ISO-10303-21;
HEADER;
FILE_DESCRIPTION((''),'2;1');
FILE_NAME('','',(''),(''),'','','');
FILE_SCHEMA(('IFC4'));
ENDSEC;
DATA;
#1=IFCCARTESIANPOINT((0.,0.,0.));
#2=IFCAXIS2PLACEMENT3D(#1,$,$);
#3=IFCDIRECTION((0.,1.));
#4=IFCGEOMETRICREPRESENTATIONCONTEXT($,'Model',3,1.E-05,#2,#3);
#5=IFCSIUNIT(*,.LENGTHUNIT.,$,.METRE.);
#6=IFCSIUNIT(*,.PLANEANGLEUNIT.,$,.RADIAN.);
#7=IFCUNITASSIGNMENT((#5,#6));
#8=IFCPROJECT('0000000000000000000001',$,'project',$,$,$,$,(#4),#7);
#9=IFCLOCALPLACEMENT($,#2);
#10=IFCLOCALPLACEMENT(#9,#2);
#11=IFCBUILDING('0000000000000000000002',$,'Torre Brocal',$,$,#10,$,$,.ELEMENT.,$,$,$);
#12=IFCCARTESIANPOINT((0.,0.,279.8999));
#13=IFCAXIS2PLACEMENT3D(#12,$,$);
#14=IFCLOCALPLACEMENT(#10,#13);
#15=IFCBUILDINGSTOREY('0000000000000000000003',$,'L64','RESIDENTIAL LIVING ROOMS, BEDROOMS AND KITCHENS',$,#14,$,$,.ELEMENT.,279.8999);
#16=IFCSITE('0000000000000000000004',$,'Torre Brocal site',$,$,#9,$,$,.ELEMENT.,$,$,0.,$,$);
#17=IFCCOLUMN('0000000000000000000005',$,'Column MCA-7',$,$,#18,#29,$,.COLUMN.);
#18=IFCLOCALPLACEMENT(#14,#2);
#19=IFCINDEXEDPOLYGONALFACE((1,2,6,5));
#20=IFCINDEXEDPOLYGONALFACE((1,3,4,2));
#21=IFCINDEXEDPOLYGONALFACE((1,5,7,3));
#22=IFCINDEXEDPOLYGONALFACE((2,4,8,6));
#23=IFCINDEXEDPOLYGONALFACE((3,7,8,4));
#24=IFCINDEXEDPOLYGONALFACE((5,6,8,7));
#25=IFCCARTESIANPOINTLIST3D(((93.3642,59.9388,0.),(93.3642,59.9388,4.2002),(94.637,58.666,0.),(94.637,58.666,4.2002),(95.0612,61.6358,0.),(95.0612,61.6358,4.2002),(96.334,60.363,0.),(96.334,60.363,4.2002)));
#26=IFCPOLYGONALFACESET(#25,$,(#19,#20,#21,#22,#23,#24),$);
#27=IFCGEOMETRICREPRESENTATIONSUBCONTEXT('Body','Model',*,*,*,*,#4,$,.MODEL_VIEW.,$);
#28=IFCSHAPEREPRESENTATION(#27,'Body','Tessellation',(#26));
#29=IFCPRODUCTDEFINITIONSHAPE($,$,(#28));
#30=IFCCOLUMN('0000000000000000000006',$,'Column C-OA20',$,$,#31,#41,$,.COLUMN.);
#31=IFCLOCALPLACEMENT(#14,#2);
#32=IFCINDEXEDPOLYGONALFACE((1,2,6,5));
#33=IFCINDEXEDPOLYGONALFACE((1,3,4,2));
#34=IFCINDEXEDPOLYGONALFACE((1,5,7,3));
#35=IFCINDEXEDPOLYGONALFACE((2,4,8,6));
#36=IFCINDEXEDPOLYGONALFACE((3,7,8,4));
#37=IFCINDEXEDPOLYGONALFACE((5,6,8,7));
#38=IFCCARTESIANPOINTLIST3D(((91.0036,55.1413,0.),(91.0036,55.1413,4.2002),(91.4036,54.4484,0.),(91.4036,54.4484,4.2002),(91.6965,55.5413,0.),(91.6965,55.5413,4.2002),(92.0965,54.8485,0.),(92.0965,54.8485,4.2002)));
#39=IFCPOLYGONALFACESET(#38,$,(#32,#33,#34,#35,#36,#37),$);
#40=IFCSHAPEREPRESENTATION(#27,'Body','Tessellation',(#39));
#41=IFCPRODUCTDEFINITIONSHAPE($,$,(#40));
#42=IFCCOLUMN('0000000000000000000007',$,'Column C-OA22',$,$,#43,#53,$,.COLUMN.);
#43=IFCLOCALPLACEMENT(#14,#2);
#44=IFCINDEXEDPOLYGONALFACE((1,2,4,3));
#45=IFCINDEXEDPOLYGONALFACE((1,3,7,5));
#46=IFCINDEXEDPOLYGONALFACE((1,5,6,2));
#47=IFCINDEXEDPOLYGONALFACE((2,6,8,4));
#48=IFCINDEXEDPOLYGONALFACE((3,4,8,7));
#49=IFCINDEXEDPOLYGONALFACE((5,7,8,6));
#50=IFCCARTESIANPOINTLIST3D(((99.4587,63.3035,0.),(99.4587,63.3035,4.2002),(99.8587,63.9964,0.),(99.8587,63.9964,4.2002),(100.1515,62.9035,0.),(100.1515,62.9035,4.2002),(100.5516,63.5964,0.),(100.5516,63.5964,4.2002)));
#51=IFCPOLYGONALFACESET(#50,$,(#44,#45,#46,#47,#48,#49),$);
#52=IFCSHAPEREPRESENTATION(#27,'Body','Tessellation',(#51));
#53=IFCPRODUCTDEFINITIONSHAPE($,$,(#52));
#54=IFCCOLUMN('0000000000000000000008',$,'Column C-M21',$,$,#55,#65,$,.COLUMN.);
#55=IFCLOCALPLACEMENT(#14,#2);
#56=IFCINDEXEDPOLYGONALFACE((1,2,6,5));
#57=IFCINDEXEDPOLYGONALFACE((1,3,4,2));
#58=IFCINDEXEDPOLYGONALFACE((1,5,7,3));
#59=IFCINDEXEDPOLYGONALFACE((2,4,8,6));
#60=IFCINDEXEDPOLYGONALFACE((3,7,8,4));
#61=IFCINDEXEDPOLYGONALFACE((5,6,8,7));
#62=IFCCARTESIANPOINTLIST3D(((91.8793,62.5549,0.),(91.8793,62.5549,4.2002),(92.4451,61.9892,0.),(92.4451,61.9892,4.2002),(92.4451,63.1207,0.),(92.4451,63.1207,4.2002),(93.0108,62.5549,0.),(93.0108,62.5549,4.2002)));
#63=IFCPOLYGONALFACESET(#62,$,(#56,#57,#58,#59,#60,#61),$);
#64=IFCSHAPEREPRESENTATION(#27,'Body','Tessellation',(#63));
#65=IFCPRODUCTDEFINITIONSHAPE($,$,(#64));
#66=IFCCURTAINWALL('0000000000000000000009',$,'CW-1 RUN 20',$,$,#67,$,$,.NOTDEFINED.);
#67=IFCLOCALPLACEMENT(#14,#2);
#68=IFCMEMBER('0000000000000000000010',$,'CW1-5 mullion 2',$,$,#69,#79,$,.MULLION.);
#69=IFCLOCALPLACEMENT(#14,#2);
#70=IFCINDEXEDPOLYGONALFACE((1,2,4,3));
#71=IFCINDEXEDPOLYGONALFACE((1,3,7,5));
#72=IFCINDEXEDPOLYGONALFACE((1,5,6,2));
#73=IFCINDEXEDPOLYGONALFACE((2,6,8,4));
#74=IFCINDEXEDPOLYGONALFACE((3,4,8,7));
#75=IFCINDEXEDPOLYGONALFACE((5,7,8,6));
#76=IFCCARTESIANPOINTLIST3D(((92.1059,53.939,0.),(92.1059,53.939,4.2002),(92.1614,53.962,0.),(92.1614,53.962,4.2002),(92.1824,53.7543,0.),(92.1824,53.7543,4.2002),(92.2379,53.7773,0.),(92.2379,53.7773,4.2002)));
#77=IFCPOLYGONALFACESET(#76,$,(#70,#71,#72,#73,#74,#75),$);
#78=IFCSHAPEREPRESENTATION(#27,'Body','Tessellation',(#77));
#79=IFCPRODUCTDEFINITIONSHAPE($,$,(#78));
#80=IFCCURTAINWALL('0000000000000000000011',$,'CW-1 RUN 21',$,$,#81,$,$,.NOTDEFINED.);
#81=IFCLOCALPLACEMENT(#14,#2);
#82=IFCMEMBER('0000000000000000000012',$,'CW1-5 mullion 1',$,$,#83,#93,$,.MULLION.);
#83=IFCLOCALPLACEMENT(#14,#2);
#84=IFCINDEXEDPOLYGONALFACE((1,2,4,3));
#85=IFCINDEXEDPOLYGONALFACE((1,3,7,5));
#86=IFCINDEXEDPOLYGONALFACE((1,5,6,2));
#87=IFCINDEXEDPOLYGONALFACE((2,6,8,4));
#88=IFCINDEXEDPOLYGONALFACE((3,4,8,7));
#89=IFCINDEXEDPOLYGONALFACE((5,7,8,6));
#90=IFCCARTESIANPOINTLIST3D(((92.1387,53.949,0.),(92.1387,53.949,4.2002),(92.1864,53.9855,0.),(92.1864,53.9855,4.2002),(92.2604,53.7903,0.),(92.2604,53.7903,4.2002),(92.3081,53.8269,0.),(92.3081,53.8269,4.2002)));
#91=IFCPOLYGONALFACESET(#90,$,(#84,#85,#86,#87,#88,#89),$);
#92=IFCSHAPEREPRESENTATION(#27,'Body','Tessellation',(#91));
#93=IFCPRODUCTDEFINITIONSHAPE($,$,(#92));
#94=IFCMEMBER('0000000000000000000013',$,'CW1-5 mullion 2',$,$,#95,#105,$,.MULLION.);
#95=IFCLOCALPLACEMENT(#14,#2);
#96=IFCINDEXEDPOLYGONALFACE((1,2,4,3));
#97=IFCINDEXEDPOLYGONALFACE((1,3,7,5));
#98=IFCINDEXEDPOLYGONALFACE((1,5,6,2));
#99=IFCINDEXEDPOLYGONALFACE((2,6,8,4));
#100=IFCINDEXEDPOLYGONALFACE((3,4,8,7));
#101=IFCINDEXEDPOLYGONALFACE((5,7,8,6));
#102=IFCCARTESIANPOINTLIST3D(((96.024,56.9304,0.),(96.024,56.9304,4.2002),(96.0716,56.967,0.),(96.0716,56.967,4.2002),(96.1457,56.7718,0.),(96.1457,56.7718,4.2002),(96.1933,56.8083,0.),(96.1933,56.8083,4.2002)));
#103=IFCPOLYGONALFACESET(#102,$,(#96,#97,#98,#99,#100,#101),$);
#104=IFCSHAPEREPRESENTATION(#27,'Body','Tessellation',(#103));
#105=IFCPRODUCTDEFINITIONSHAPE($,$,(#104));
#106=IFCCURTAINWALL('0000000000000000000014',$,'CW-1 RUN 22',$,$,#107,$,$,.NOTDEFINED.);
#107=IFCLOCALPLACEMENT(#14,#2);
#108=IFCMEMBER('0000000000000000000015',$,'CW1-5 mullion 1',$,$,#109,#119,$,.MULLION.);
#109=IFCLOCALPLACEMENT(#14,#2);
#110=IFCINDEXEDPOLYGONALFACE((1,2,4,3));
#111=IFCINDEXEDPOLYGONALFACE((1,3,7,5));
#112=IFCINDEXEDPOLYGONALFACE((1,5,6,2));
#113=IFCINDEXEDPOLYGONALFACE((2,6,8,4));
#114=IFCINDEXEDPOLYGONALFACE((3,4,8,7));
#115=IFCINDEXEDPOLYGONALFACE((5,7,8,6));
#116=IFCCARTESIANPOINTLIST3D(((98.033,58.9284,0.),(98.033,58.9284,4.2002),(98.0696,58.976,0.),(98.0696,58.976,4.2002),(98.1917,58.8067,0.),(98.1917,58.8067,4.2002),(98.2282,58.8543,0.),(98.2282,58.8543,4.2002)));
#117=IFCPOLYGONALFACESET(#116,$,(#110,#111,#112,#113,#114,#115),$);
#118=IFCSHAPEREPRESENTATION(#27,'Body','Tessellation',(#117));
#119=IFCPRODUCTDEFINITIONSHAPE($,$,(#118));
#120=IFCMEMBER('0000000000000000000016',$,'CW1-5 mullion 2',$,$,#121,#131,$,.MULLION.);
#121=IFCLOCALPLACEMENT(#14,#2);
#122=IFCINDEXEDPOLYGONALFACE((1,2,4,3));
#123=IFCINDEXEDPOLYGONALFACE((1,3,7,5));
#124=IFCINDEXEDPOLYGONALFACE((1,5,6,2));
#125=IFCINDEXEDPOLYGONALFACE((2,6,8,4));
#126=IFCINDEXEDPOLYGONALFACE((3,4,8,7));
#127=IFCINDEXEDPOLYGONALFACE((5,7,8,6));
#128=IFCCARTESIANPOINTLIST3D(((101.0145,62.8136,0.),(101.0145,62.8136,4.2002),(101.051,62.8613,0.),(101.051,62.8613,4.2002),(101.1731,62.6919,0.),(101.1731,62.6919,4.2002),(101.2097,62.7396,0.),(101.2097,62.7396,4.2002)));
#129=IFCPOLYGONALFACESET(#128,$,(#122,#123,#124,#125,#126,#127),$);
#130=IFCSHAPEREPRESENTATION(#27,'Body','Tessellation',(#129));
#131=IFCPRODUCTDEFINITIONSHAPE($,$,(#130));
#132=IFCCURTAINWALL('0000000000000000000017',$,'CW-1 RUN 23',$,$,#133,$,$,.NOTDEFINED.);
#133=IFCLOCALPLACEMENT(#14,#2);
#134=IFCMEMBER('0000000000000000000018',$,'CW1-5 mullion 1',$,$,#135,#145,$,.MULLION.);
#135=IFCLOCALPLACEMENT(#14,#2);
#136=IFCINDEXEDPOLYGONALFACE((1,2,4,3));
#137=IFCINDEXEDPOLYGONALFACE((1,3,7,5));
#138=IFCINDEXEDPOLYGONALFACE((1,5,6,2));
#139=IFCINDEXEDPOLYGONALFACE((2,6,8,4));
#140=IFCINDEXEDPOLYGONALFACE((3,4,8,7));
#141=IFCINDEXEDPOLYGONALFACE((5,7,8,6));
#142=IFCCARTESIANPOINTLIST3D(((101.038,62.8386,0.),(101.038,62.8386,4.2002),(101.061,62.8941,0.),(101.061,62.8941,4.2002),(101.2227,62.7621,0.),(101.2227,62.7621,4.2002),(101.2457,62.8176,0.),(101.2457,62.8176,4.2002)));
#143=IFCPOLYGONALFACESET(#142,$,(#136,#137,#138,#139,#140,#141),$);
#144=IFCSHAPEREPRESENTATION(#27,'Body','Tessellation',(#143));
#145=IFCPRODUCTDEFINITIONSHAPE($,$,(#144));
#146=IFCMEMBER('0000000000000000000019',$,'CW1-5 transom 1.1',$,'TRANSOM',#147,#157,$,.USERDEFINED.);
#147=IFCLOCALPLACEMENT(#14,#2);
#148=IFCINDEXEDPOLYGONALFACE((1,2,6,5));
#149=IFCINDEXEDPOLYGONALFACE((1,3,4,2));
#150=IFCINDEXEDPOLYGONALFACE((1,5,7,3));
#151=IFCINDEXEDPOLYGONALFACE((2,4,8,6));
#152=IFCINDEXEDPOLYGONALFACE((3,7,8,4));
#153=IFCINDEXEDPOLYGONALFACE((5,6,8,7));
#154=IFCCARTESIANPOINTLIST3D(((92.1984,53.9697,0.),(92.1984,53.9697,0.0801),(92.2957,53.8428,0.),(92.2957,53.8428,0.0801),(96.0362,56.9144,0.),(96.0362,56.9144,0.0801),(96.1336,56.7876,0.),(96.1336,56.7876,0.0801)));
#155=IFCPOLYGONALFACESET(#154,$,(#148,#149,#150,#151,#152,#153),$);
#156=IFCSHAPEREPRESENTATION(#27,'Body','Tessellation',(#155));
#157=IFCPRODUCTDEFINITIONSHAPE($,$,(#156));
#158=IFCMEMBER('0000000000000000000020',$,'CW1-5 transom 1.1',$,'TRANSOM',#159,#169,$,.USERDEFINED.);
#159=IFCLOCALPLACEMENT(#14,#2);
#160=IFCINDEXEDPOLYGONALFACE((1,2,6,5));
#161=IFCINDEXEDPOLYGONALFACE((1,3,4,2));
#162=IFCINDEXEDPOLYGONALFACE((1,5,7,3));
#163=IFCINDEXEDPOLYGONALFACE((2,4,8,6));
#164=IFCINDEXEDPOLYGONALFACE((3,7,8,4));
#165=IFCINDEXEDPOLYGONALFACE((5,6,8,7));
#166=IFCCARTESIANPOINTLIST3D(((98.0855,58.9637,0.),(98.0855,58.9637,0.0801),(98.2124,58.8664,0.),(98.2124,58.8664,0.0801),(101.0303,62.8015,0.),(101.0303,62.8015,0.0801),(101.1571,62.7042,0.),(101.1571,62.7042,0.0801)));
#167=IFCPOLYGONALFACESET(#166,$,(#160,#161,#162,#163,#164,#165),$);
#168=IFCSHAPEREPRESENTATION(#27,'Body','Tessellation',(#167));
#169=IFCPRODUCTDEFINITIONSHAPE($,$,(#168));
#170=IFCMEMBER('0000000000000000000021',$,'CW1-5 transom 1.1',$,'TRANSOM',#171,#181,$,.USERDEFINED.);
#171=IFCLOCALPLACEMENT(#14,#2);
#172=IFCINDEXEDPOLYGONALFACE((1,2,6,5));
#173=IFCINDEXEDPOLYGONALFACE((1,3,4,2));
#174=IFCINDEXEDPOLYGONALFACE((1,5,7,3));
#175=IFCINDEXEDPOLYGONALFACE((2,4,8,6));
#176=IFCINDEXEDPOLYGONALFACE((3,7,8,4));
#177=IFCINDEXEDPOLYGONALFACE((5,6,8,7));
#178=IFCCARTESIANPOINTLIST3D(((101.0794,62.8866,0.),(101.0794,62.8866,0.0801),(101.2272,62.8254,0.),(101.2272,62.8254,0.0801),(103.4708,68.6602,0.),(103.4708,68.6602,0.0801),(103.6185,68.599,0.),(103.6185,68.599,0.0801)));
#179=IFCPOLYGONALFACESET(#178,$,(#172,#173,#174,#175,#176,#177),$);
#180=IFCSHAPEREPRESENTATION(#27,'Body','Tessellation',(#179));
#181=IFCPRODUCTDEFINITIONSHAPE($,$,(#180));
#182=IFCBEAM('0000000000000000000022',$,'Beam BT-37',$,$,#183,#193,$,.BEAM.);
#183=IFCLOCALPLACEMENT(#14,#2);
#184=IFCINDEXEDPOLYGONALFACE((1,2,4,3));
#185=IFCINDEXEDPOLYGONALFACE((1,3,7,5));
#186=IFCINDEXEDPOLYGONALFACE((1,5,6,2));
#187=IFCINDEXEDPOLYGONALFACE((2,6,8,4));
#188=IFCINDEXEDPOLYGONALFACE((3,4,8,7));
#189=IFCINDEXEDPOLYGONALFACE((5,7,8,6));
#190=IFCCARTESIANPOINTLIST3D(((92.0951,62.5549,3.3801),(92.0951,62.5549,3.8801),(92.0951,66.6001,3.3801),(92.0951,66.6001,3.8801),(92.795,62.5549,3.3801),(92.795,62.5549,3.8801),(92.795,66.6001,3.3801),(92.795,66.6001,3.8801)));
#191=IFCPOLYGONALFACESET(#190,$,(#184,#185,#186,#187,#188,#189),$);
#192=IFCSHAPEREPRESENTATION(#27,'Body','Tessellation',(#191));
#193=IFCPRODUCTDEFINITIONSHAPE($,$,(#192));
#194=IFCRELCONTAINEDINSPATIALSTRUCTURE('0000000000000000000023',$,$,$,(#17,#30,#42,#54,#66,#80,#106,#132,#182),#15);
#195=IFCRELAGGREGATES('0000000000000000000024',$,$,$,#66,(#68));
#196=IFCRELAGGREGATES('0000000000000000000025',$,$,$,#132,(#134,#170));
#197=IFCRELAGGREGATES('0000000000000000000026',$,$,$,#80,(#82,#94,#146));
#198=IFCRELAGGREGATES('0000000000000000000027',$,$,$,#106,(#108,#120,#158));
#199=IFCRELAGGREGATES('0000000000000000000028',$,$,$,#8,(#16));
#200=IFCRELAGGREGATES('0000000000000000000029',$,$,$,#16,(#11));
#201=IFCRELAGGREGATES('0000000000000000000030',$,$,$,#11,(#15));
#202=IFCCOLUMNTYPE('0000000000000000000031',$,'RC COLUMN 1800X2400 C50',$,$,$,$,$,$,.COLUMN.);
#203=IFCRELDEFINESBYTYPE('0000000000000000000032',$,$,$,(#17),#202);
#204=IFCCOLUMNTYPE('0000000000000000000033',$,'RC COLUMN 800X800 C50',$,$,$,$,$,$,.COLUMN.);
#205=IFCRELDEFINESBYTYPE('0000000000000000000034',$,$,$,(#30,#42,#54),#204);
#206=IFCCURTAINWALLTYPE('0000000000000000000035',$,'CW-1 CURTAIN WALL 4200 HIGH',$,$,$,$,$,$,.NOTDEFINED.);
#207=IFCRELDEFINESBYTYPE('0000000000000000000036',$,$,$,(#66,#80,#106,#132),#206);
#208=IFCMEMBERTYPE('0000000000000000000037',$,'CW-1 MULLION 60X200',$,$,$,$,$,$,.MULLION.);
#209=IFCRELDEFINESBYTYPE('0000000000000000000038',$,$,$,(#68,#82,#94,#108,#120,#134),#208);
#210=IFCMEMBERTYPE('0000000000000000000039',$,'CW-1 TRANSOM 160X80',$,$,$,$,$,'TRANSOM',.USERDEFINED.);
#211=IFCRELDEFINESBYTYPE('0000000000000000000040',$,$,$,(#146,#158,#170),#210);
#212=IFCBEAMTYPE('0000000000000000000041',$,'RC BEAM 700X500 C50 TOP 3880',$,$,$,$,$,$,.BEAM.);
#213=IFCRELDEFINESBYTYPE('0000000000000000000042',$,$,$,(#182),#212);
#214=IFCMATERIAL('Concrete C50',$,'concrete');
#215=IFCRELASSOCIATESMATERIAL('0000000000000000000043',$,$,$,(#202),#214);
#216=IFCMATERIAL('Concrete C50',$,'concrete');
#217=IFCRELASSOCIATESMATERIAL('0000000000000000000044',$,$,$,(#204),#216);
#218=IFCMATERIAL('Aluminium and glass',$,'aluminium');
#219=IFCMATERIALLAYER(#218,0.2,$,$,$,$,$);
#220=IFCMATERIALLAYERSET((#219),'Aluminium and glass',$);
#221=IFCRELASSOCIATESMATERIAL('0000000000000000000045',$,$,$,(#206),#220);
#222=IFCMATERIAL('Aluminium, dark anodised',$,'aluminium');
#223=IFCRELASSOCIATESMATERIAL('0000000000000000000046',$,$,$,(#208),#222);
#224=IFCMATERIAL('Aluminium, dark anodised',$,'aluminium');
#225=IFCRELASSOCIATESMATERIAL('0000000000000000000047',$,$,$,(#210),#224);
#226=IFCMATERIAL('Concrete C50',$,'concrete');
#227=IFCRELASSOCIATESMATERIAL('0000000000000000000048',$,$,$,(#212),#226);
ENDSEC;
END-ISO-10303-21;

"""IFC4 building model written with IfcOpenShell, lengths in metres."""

from ifc_helpers import new_model, si_unit, direction, frame, origin, origin_2d, place, context, subcontext, project, spatial, rectangle, extrude, material, layer, layer_set, material_profile, profile_set, type_object, element, aggregate, save


model = new_model("IFC4")

# Units and contexts
model_context = context("Model", 3, precision=1e-05, world=origin(), true_north=direction((0.0, 1.0)))
body_context = subcontext(model_context, "Body", "Model", "MODEL_VIEW")
ifc_project = project(units=[si_unit("LENGTHUNIT", "METRE"), si_unit("PLANEANGLEUNIT", "RADIAN")], contexts=[model_context])

# Site, building, storey
site_placement = place(None, origin())
site = spatial("IfcSite", under=ifc_project, at=site_placement, Name="Torre Brocal site", CompositionType="ELEMENT", RefElevation=0.0)
building_placement = place(site_placement, origin())
building = spatial("IfcBuilding", under=site, at=building_placement, Name="Torre Brocal", CompositionType="ELEMENT")
storey_placement = place(building_placement, frame((0.0, 0.0, 279.8999)))
storey = spatial("IfcBuildingStorey", under=building, at=storey_placement, Name="L64", Description="RESIDENTIAL LIVING ROOMS, BEDROOMS AND KITCHENS", CompositionType="ELEMENT", Elevation=279.8999)

# Columns
ifc_material_1 = material(Name="Concrete C50", Category="concrete")
ifc_material_profile_1 = material_profile(ifc_material_1, rectangle(XDim=1.8, YDim=2.3999, at=origin_2d()), Name="RC 1800X2400")
ifc_profile_set_1 = profile_set([ifc_material_profile_1], Name="Concrete C50")
column_type_1 = type_object("IfcColumnType", Name="RC COLUMN 1800X2400 C50", PredefinedType="COLUMN", material=ifc_profile_set_1)
column_placement = place(storey_placement, frame((94.8491, 60.1509, 0.0), z_axis=(0.0, 0.0, 1.0), x_axis=(0.707107, -0.707107, 0.0)))
element("IfcColumn", 1, at=column_placement, inside=storey, type_object=column_type_1, Name="Column MCA-7", PredefinedType="COLUMN", context=body_context, shape_type="SweptSolid", body=[
    extrude(rectangle(XDim=1.8, YDim=2.3999, at=origin_2d()), origin(), (0.0, 0.0, 1.0), 4.2002),
])
ifc_material_2 = material(Name="Concrete C50", Category="concrete")
ifc_material_profile_2 = material_profile(ifc_material_2, rectangle(XDim=0.8, YDim=0.8, at=origin_2d()), Name="RC 800X800")
ifc_profile_set_2 = profile_set([ifc_material_profile_2], Name="Concrete C50")
column_type_2 = type_object("IfcColumnType", Name="RC COLUMN 800X800 C50", PredefinedType="COLUMN", material=ifc_profile_set_2)
for number, where, z_axis, x_axis, name in (
    (2, (91.55, 54.9949, 0.0), (0.0, 0.0, 1.0), (0.5, -0.866025, 0.0), "Column C-OA20"),
    (3, (100.0051, 63.45, 0.0), (0.0, 0.0, 1.0), (0.866025, -0.5, 0.0), "Column C-OA22"),
    (4, (92.4451, 62.5549, 0.0), (0.0, 0.0, 1.0), (0.707107, -0.707107, 0.0), "Column C-M21"),
):
    element("IfcColumn", number, at=place(storey_placement, frame(where, z_axis=z_axis, x_axis=x_axis)), inside=storey, type_object=column_type_2, Name=name, PredefinedType="COLUMN", context=body_context, shape_type="SweptSolid", body=[
        extrude(rectangle(XDim=0.8, YDim=0.8, at=origin_2d()), origin(), (0.0, 0.0, 1.0), 4.2002),
    ])

# Curtain wall, member
ifc_material_3 = material(Name="Aluminium and glass", Category="aluminium")
ifc_layer_1 = layer(ifc_material_3, 0.2)
ifc_layer_set_1 = layer_set([ifc_layer_1], Name="Aluminium and glass")
curtain_wall_type = type_object("IfcCurtainWallType", Name="CW-1 CURTAIN WALL 4200 HIGH", PredefinedType="NOTDEFINED", material=ifc_layer_set_1)
curtain_wall_1_placement = place(storey_placement, origin())
curtain_wall_1 = element("IfcCurtainWall", 5, at=curtain_wall_1_placement, inside=storey, type_object=curtain_wall_type, Name="CW-1 RUN 20", PredefinedType="NOTDEFINED")
ifc_material_4 = material(Name="Aluminium, dark anodised", Category="aluminium")
ifc_material_profile_3 = material_profile(ifc_material_4, rectangle(XDim=0.2, YDim=0.0601, at=origin_2d()), Name="CW-1 MULLION 60X200")
ifc_profile_set_3 = profile_set([ifc_material_profile_3], Name="Aluminium, dark anodised")
member_type_1 = type_object("IfcMemberType", Name="CW-1 MULLION 60X200", PredefinedType="MULLION", material=ifc_profile_set_3)
member_1_placement = place(storey_placement, frame((92.1719, 53.8582, 0.0), z_axis=(0.0, 0.0, 1.0), x_axis=(-0.382683, 0.92388, 0.0)))
member_1 = element("IfcMember", 6, at=member_1_placement, type_object=member_type_1, Name="CW1-5 mullion 2", PredefinedType="MULLION", context=body_context, shape_type="SweptSolid", body=[
    extrude(rectangle(XDim=0.2, YDim=0.0601, at=origin_2d()), origin(), (0.0, 0.0, 1.0), 4.2002),
])
aggregate(curtain_wall_1, [member_1])

# Curtain walls, members
curtain_wall_2_placement = place(storey_placement, origin())
curtain_wall_2 = element("IfcCurtainWall", 7, at=curtain_wall_2_placement, inside=storey, type_object=curtain_wall_type, Name="CW-1 RUN 21", PredefinedType="NOTDEFINED")
member_2_placement = place(storey_placement, frame((92.2234, 53.8879, 0.0), z_axis=(0.0, 0.0, 1.0), x_axis=(-0.608761, 0.793353, 0.0)))
member_2 = element("IfcMember", 8, at=member_2_placement, type_object=member_type_1, Name="CW1-5 mullion 1", PredefinedType="MULLION", context=body_context, shape_type="SweptSolid", body=[
    extrude(rectangle(XDim=0.2, YDim=0.0601, at=origin_2d()), origin(), (0.0, 0.0, 1.0), 4.2002),
])
member_3_placement = place(storey_placement, frame((96.1086, 56.8694, 0.0), z_axis=(0.0, 0.0, 1.0), x_axis=(-0.608761, 0.793353, 0.0)))
member_3 = element("IfcMember", 9, at=member_3_placement, type_object=member_type_1, Name="CW1-5 mullion 2", PredefinedType="MULLION", context=body_context, shape_type="SweptSolid", body=[
    extrude(rectangle(XDim=0.2, YDim=0.0601, at=origin_2d()), origin(), (0.0, 0.0, 1.0), 4.2002),
])
curtain_wall_3_placement = place(storey_placement, origin())
curtain_wall_3 = element("IfcCurtainWall", 10, at=curtain_wall_3_placement, inside=storey, type_object=curtain_wall_type, Name="CW-1 RUN 22", PredefinedType="NOTDEFINED")
member_4_placement = place(storey_placement, frame((98.1306, 58.8914, 0.0), z_axis=(0.0, 0.0, 1.0), x_axis=(-0.793353, 0.608761, 0.0)))
member_4 = element("IfcMember", 11, at=member_4_placement, type_object=member_type_1, Name="CW1-5 mullion 1", PredefinedType="MULLION", context=body_context, shape_type="SweptSolid", body=[
    extrude(rectangle(XDim=0.2, YDim=0.0601, at=origin_2d()), origin(), (0.0, 0.0, 1.0), 4.2002),
])
member_5_placement = place(storey_placement, frame((101.1121, 62.7766, 0.0), z_axis=(0.0, 0.0, 1.0), x_axis=(-0.793353, 0.608761, 0.0)))
member_5 = element("IfcMember", 12, at=member_5_placement, type_object=member_type_1, Name="CW1-5 mullion 2", PredefinedType="MULLION", context=body_context, shape_type="SweptSolid", body=[
    extrude(rectangle(XDim=0.2, YDim=0.0601, at=origin_2d()), origin(), (0.0, 0.0, 1.0), 4.2002),
])

# Curtain wall, member
curtain_wall_4_placement = place(storey_placement, origin())
curtain_wall_4 = element("IfcCurtainWall", 13, at=curtain_wall_4_placement, inside=storey, type_object=curtain_wall_type, Name="CW-1 RUN 23", PredefinedType="NOTDEFINED")
member_6_placement = place(storey_placement, frame((101.1418, 62.8281, 0.0), z_axis=(0.0, 0.0, 1.0), x_axis=(-0.92388, 0.382683, 0.0)))
member_6 = element("IfcMember", 14, at=member_6_placement, type_object=member_type_1, Name="CW1-5 mullion 1", PredefinedType="MULLION", context=body_context, shape_type="SweptSolid", body=[
    extrude(rectangle(XDim=0.2, YDim=0.0601, at=origin_2d()), origin(), (0.0, 0.0, 1.0), 4.2002),
])

# Members
ifc_material_5 = material(Name="Aluminium, dark anodised", Category="aluminium")
ifc_material_profile_4 = material_profile(ifc_material_5, rectangle(XDim=0.1599, YDim=0.0801, at=origin_2d()), Name="CW-1 TRANSOM 160X80")
ifc_profile_set_4 = profile_set([ifc_material_profile_4], Name="Aluminium, dark anodised")
member_type_2 = type_object("IfcMemberType", Name="CW-1 TRANSOM 160X80", ElementType="TRANSOM", PredefinedType="USERDEFINED", material=ifc_profile_set_4)
member_7_placement = place(storey_placement, frame((92.2471, 53.9062, 0.04), z_axis=(0.793363, 0.608749, 0.0), x_axis=(-0.608749, 0.793363, 0.0)))
member_7 = element("IfcMember", 15, at=member_7_placement, type_object=member_type_2, Name="CW1-5 transom 1.1", ObjectType="TRANSOM", PredefinedType="USERDEFINED", context=body_context, shape_type="SweptSolid", body=[
    extrude(rectangle(XDim=0.1599, YDim=0.0801, at=origin_2d()), origin(), (0.0, 0.0, 1.0), 4.8374),
])
member_8_placement = place(storey_placement, frame((98.1489, 58.915, 0.04), z_axis=(0.608749, 0.793363, 0.0), x_axis=(-0.793363, 0.608749, 0.0)))
member_8 = element("IfcMember", 16, at=member_8_placement, type_object=member_type_2, Name="CW1-5 transom 1.1", ObjectType="TRANSOM", PredefinedType="USERDEFINED", context=body_context, shape_type="SweptSolid", body=[
    extrude(rectangle(XDim=0.1599, YDim=0.0801, at=origin_2d()), origin(), (0.0, 0.0, 1.0), 4.8374),
])
member_9_placement = place(storey_placement, frame((101.1533, 62.856, 0.04), z_axis=(0.382659, 0.92389, 0.0), x_axis=(-0.92389, 0.382659, 0.0)))
member_9 = element("IfcMember", 17, at=member_9_placement, type_object=member_type_2, Name="CW1-5 transom 1.1", ObjectType="TRANSOM", PredefinedType="USERDEFINED", context=body_context, shape_type="SweptSolid", body=[
    extrude(rectangle(XDim=0.1599, YDim=0.0801, at=origin_2d()), origin(), (0.0, 0.0, 1.0), 6.2493),
])
aggregate(curtain_wall_4, [member_6, member_9])

# Beam
ifc_material_6 = material(Name="Concrete C50", Category="concrete")
ifc_material_profile_5 = material_profile(ifc_material_6, rectangle(XDim=0.7, YDim=0.5, at=origin_2d()), Name="RC 700X500")
ifc_profile_set_5 = profile_set([ifc_material_profile_5], Name="Concrete C50")
beam_type_1 = type_object("IfcBeamType", Name="RC BEAM 700X500 C50 TOP 3880", PredefinedType="BEAM", material=ifc_profile_set_5)
beam_placement = place(storey_placement, frame((92.4451, 62.5549, 3.6301), z_axis=(0.0, 1.0, 0.0), x_axis=(-1.0, 0.0, 0.0)))
element("IfcBeam", 18, at=beam_placement, inside=storey, type_object=beam_type_1, Name="Beam BT-37", PredefinedType="BEAM", context=body_context, shape_type="SweptSolid", body=[
    extrude(rectangle(XDim=0.7, YDim=0.5, at=origin_2d()), origin(), (0.0, 0.0, 1.0), 4.0452),
])

aggregate(curtain_wall_2, [member_2, member_3, member_7])
aggregate(curtain_wall_3, [member_4, member_5, member_8])

save(model, "model.ifc")
